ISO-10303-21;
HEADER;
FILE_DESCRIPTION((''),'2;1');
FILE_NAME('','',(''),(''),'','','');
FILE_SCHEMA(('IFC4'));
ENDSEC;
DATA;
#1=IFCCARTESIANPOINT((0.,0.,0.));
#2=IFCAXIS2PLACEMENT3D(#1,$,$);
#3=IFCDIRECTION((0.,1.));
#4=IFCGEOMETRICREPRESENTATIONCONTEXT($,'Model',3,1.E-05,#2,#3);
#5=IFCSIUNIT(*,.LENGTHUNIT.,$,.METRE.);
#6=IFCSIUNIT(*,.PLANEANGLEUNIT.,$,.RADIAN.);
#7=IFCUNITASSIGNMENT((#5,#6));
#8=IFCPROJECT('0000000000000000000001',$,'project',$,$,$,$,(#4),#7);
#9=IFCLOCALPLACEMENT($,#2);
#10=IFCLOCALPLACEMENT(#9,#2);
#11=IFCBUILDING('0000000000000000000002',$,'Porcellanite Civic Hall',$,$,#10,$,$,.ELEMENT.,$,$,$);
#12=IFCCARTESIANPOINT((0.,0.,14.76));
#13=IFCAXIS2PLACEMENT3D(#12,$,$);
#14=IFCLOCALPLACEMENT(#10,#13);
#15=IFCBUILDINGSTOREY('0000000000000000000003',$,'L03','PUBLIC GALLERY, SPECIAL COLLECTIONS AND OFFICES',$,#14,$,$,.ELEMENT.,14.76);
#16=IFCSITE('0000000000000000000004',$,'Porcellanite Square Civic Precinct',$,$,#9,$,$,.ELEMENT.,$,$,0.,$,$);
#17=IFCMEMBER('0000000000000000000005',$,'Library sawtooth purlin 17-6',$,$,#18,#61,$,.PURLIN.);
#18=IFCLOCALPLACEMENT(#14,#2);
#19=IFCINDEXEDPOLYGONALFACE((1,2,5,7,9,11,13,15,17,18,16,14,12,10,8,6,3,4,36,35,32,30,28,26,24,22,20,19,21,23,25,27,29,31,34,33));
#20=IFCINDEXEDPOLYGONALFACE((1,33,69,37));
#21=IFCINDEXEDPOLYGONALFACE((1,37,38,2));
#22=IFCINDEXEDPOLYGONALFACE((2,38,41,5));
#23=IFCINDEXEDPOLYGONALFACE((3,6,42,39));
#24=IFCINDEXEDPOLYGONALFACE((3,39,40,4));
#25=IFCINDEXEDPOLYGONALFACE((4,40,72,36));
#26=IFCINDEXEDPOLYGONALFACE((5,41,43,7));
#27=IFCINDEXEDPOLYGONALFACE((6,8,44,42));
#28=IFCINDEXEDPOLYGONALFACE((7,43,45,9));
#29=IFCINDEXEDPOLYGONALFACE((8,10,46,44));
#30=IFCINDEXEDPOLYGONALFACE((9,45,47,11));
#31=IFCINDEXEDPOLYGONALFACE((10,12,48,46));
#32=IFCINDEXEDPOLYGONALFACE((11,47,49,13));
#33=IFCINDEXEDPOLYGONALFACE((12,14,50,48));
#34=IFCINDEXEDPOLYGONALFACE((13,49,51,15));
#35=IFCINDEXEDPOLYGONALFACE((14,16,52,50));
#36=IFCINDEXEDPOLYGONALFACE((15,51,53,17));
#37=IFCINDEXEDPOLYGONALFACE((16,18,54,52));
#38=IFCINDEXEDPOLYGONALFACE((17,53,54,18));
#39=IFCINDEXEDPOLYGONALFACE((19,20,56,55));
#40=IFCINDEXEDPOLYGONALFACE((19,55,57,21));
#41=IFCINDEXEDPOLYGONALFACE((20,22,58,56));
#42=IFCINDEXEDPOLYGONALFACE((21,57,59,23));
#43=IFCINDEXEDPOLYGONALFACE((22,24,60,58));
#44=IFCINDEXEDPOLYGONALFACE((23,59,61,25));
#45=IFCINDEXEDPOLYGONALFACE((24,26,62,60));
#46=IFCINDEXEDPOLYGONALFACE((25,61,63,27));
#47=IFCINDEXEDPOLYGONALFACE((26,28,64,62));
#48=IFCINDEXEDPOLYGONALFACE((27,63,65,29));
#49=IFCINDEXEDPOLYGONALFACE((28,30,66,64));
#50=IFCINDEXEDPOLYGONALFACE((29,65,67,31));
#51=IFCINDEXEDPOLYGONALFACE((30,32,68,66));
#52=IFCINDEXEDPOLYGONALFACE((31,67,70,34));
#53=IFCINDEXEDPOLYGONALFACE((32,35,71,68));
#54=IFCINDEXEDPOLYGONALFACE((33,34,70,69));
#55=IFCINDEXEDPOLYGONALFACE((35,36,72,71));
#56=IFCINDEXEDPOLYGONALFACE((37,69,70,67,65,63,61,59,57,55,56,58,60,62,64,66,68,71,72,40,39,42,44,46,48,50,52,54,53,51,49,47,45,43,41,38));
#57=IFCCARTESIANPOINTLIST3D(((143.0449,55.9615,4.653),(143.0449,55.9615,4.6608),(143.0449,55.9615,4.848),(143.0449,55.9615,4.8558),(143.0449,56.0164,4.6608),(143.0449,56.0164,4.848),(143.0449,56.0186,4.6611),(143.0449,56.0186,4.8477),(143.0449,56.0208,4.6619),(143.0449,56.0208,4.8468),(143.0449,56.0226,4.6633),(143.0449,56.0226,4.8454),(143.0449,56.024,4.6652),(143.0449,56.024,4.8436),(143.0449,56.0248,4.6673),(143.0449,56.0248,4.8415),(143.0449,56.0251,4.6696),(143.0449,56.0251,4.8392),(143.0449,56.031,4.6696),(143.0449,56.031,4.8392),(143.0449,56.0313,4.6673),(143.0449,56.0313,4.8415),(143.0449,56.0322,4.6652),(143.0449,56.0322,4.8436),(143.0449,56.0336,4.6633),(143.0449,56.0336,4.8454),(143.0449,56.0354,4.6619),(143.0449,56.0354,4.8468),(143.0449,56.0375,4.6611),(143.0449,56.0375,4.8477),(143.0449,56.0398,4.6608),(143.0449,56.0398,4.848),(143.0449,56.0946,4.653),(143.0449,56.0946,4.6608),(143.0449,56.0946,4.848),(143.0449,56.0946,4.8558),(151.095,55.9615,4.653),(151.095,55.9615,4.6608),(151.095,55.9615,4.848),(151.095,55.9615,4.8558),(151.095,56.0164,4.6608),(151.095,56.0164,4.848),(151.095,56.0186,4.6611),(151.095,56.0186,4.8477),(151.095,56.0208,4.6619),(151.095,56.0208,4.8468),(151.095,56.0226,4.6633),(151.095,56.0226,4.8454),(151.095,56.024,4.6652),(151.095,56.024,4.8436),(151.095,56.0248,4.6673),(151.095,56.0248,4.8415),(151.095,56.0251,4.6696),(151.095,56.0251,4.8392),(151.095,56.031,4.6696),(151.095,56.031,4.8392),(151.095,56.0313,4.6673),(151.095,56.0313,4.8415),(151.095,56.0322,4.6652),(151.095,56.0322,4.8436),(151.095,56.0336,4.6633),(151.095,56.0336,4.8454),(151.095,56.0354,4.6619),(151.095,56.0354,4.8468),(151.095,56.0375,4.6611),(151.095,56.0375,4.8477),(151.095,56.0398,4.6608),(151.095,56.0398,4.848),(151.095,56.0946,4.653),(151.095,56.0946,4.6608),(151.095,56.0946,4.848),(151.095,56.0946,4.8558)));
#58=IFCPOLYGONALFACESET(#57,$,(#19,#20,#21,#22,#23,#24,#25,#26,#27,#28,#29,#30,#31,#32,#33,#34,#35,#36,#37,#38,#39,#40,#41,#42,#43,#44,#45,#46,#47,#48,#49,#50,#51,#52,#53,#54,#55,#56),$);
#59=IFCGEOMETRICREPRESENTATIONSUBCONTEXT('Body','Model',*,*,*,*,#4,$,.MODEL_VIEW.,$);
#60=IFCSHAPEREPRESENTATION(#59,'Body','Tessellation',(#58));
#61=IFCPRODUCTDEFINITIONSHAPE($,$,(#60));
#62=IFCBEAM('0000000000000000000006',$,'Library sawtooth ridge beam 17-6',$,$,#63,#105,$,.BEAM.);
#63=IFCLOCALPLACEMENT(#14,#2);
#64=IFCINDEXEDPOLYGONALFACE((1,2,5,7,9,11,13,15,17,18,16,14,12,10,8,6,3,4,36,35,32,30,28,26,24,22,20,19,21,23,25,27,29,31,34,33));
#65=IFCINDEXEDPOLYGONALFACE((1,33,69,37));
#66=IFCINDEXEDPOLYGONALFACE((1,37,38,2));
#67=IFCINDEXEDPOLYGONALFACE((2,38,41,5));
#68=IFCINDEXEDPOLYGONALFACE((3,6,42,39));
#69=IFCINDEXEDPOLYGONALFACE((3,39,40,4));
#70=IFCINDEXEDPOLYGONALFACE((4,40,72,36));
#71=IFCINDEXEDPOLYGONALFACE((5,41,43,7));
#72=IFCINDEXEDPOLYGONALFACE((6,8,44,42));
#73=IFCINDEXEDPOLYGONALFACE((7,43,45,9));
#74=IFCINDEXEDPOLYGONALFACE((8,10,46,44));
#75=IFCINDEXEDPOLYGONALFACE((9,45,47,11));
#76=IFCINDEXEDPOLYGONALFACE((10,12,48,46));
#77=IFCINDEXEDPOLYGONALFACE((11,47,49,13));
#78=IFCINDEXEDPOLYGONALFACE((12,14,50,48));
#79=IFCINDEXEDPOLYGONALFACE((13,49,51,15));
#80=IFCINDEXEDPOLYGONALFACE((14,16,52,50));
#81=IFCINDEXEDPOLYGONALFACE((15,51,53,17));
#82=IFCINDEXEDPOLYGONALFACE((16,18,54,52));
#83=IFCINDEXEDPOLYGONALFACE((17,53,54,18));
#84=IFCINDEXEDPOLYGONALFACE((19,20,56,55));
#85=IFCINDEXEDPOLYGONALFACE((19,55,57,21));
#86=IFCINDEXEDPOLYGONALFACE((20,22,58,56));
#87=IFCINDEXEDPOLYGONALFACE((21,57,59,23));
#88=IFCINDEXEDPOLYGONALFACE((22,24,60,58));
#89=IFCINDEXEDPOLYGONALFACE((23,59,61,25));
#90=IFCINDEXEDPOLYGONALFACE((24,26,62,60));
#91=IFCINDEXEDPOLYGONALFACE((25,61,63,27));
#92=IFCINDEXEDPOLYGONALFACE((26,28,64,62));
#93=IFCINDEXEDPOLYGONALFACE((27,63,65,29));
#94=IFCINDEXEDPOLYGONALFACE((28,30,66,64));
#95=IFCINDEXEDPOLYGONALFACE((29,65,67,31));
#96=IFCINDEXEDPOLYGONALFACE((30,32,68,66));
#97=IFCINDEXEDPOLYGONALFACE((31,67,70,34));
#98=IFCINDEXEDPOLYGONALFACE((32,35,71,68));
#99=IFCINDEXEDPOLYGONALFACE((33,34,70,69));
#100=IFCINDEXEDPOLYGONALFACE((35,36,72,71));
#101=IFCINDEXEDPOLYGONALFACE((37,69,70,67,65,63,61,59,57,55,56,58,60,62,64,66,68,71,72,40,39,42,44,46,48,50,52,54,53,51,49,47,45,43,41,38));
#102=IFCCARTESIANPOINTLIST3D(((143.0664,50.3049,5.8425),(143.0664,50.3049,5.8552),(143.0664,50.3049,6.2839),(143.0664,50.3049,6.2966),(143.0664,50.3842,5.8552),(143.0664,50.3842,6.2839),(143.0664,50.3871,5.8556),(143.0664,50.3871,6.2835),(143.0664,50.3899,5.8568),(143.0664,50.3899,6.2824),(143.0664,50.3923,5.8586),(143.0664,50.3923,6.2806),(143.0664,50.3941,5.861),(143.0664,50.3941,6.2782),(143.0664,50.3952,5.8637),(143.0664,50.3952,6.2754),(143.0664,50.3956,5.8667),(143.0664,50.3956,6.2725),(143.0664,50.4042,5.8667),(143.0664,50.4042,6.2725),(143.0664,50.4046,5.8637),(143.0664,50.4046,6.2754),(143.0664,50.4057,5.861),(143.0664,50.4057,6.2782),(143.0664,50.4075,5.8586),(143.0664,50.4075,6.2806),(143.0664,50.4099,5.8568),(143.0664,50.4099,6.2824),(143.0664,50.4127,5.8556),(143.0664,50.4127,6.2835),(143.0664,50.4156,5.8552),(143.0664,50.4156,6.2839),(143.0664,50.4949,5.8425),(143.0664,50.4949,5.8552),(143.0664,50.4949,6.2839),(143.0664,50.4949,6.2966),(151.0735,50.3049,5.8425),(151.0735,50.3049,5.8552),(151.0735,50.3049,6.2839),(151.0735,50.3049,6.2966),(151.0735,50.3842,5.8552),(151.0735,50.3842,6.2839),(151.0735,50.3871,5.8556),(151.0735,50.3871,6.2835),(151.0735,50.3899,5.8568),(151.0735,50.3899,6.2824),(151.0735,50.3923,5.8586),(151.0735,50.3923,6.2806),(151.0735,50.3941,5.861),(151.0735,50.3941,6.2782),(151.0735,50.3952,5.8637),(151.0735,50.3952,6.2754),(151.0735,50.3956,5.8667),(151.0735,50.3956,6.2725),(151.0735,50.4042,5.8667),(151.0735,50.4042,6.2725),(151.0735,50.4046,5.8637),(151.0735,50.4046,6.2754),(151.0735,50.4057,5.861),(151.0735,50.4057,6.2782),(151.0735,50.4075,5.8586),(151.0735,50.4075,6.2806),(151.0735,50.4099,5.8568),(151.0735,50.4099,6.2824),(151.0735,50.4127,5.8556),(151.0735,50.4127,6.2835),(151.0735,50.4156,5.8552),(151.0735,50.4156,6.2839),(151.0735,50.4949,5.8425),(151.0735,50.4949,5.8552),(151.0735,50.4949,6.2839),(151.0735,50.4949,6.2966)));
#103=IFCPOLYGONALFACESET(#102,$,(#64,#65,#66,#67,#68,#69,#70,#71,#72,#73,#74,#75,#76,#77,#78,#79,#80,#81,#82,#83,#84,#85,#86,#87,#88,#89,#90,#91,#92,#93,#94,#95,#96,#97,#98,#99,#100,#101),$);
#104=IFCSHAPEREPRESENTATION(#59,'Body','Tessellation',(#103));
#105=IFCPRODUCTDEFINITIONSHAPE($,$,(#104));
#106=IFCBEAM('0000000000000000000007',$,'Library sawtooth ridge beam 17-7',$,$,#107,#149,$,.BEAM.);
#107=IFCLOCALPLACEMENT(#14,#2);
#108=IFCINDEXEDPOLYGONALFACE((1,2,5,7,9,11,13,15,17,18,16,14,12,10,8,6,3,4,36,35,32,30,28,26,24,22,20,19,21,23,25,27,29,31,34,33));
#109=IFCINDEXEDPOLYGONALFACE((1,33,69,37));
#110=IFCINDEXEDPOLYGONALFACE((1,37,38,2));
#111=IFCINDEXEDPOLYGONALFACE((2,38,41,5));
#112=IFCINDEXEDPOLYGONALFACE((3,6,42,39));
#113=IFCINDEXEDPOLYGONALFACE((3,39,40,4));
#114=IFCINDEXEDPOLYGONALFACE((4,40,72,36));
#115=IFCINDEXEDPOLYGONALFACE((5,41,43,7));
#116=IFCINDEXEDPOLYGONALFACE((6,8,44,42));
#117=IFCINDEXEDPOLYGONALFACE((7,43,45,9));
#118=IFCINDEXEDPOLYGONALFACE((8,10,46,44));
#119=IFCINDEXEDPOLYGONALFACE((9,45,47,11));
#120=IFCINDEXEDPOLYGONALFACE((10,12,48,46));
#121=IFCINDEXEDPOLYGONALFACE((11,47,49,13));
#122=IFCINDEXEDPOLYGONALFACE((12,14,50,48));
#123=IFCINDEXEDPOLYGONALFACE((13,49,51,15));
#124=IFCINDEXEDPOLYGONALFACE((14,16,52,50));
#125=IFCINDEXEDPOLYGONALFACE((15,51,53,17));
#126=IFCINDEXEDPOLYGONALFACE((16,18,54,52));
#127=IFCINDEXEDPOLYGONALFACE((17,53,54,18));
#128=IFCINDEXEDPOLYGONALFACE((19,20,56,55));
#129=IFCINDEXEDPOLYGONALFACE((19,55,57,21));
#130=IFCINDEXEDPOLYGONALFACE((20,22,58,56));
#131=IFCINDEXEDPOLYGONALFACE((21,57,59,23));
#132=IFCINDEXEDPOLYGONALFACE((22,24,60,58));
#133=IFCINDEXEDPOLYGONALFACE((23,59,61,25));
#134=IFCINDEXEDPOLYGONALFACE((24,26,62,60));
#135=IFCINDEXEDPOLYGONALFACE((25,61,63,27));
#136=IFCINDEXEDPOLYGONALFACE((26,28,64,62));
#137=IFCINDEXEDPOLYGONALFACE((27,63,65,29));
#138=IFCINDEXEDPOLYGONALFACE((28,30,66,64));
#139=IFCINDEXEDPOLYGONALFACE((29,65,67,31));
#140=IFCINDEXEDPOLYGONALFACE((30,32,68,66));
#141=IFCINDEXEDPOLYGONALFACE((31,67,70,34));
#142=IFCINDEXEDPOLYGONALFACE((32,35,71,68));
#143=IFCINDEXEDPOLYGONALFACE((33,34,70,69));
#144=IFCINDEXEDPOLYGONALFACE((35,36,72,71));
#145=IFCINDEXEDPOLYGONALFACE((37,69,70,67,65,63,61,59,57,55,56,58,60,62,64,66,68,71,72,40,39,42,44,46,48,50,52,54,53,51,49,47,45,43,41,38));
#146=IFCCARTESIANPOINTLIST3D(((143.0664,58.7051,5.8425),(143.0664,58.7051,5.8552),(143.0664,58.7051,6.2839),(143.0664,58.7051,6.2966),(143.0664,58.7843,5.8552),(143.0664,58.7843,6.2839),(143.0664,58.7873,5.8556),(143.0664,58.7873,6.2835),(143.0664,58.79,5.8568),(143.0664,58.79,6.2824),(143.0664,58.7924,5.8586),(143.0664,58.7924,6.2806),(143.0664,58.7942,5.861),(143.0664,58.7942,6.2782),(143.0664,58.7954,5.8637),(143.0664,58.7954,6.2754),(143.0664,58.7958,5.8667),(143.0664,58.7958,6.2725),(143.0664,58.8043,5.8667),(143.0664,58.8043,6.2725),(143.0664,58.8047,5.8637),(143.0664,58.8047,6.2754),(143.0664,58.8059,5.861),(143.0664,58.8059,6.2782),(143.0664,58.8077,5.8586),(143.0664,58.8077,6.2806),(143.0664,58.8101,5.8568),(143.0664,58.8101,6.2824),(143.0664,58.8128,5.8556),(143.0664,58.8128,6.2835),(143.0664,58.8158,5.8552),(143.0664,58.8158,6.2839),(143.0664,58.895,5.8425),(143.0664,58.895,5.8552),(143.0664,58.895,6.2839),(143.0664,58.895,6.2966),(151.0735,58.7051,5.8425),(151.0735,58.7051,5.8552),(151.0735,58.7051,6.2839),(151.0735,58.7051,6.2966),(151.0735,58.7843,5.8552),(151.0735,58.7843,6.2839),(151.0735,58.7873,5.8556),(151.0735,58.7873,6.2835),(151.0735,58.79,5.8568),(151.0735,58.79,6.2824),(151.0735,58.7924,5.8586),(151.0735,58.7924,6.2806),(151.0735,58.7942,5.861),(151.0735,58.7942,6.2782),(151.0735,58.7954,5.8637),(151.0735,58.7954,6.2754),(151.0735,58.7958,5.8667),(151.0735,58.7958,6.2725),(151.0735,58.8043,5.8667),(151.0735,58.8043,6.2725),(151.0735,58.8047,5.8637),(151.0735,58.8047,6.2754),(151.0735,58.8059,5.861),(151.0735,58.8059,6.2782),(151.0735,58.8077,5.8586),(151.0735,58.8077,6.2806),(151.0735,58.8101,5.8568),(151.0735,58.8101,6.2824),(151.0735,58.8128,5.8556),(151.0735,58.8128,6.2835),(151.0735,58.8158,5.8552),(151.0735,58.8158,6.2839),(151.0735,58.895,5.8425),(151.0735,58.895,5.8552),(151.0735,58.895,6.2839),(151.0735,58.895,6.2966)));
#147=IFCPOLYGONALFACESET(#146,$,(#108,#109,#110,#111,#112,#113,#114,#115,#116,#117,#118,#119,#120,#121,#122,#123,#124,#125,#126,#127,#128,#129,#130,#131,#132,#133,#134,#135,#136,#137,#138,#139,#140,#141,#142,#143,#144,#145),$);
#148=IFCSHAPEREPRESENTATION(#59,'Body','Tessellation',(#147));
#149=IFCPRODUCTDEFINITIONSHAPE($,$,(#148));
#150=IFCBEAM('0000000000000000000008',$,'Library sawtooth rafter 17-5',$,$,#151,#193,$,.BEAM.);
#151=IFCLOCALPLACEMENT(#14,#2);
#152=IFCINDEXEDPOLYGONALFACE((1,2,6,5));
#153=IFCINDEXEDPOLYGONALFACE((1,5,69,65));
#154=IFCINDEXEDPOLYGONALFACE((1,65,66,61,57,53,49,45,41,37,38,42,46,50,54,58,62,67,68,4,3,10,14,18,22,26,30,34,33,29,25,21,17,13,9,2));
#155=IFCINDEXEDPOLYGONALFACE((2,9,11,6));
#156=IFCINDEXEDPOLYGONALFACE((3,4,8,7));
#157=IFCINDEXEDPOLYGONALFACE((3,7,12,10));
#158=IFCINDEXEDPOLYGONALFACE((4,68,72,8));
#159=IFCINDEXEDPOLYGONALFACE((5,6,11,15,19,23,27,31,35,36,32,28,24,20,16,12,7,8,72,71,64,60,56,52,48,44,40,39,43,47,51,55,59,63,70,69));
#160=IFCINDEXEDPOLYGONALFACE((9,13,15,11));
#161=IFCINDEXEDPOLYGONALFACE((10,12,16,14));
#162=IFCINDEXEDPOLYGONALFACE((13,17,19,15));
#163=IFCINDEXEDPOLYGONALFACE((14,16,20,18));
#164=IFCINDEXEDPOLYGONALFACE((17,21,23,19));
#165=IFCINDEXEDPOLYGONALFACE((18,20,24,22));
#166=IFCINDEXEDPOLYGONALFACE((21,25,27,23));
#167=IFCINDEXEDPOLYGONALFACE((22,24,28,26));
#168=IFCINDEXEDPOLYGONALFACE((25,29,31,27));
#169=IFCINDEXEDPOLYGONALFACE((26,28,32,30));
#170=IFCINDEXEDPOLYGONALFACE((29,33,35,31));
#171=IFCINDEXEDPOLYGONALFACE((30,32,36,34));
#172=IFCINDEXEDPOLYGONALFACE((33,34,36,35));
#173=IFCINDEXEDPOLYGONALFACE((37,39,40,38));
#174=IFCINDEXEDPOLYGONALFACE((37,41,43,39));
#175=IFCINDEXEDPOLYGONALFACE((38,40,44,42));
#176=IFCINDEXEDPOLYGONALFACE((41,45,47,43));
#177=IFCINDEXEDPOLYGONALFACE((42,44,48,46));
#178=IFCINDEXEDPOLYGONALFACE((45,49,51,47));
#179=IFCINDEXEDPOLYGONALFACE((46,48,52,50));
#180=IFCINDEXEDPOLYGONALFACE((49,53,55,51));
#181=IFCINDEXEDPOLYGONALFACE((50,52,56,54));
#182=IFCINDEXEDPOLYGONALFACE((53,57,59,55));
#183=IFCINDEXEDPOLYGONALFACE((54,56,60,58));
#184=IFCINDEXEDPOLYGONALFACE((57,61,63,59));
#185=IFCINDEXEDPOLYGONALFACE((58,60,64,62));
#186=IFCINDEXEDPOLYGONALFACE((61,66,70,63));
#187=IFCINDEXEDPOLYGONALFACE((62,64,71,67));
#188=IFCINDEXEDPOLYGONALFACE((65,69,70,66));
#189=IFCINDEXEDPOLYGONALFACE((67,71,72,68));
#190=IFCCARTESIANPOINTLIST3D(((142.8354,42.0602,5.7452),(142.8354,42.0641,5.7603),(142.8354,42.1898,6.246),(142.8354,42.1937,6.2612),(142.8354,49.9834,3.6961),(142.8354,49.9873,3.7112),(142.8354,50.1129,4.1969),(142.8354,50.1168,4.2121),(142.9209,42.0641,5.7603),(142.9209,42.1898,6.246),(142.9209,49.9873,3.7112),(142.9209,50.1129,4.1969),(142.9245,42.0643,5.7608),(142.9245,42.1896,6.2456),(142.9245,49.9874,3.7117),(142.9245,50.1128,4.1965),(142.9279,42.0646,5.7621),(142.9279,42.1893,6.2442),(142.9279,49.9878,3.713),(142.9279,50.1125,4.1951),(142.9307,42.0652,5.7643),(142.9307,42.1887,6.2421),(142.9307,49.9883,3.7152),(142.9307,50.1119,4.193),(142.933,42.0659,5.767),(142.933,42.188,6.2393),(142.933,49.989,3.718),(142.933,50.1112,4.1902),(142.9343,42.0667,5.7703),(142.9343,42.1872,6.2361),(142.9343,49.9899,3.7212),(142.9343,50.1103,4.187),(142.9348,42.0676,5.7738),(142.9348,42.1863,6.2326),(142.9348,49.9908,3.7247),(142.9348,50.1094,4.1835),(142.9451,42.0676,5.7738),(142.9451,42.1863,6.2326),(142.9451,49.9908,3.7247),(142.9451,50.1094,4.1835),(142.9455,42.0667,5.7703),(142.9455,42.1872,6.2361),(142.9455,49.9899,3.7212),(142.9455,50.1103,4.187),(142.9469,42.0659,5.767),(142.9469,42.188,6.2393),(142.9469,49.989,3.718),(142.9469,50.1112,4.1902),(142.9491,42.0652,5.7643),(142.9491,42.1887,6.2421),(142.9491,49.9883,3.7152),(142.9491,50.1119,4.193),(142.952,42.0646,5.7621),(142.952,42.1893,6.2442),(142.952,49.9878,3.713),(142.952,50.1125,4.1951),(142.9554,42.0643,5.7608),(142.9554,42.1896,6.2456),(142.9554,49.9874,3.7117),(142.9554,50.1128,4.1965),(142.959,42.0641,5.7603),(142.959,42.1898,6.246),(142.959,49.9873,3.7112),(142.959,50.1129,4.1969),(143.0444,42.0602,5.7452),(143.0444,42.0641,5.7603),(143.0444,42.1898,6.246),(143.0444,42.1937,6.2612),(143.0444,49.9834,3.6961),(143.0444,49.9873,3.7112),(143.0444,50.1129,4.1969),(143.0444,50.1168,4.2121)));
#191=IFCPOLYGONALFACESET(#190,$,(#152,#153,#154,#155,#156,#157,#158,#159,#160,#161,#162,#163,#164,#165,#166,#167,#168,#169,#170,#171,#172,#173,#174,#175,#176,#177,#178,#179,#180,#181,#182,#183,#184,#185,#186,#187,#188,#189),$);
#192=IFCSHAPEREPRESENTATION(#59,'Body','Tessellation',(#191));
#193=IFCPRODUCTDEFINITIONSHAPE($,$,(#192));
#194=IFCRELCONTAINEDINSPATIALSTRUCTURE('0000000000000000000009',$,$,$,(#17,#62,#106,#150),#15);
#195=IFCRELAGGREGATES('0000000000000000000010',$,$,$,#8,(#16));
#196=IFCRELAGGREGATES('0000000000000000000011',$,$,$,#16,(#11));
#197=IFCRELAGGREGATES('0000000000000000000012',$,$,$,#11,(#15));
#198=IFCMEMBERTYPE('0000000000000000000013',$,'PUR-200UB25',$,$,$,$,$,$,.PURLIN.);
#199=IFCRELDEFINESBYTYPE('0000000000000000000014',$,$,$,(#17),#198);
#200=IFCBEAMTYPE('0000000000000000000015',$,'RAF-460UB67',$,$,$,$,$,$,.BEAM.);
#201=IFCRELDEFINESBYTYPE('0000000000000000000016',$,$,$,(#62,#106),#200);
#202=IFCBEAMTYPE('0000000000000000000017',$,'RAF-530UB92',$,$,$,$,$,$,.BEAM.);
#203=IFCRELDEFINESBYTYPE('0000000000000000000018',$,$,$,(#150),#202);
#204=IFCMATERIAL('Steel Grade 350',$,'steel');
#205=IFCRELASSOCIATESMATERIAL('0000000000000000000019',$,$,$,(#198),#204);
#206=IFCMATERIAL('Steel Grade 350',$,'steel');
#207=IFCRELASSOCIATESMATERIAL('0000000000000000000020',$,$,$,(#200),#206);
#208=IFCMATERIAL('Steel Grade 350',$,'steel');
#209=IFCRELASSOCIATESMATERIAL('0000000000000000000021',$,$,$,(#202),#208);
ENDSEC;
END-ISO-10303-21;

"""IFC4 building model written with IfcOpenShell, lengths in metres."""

from ifc_helpers import new_model, si_unit, direction, frame, origin, origin_2d, place, context, subcontext, project, spatial, i_section, extrude, material, material_profile, profile_set, type_object, element, save


model = new_model("IFC4")

# Units and contexts
model_context = context("Model", 3, precision=1e-05, world=origin(), true_north=direction((0.0, 1.0)))
body_context = subcontext(model_context, "Body", "Model", "MODEL_VIEW")
ifc_project = project(units=[si_unit("LENGTHUNIT", "METRE"), si_unit("PLANEANGLEUNIT", "RADIAN")], contexts=[model_context])

# Site, building, storey
site_placement = place(None, origin())
site = spatial("IfcSite", under=ifc_project, at=site_placement, Name="Porcellanite Square Civic Precinct", CompositionType="ELEMENT", RefElevation=0.0)
building_placement = place(site_placement, origin())
building = spatial("IfcBuilding", under=site, at=building_placement, Name="Porcellanite Civic Hall", CompositionType="ELEMENT")
storey_placement = place(building_placement, frame((0.0, 0.0, 14.76)))
storey = spatial("IfcBuildingStorey", under=building, at=storey_placement, Name="L03", Description="PUBLIC GALLERY, SPECIAL COLLECTIONS AND OFFICES", CompositionType="ELEMENT", Elevation=14.76)

# Member
ifc_material_1 = material(Name="Steel Grade 350", Category="steel")
ifc_material_profile_1 = material_profile(ifc_material_1, i_section(OverallWidth=0.1331, OverallDepth=0.2029, WebThickness=0.0059, FlangeThickness=0.0078, FilletRadius=0.0088, at=origin_2d()), Name="200UB25.4")
ifc_profile_set_1 = profile_set([ifc_material_profile_1], Name="Steel Grade 350")
member_type = type_object("IfcMemberType", Name="PUR-200UB25", PredefinedType="PURLIN", material=ifc_profile_set_1)
for number, where, z_axis, x_axis, name in (
    (1, (143.0449, 56.0281, 4.7544), (1.0, 0.0, 0.0), (0.0, 1.0, 0.0), "Library sawtooth purlin 17-6"),
):
    element("IfcMember", number, at=place(storey_placement, frame(where, z_axis=z_axis, x_axis=x_axis)), inside=storey, type_object=member_type, Name=name, PredefinedType="PURLIN", context=body_context, shape_type="SweptSolid", body=[
        extrude(i_section(OverallWidth=0.1331, OverallDepth=0.2029, WebThickness=0.0059, FlangeThickness=0.0078, FilletRadius=0.0088, at=origin_2d()), origin(), (0.0, 0.0, 1.0), 8.05),
    ])

# Beams
ifc_material_2 = material(Name="Steel Grade 350", Category="steel")
ifc_material_profile_2 = material_profile(ifc_material_2, i_section(OverallWidth=0.1899, OverallDepth=0.4541, WebThickness=0.0085, FlangeThickness=0.0127, FilletRadius=0.0115, at=origin_2d()), Name="460UB67.1")
ifc_profile_set_2 = profile_set([ifc_material_profile_2], Name="Steel Grade 350")
beam_type_1 = type_object("IfcBeamType", Name="RAF-460UB67", PredefinedType="BEAM", material=ifc_profile_set_2)
for number, where, z_axis, x_axis, name in (
    (2, (143.0664, 50.3999, 6.0696), (1.0, 0.0, 0.0), (0.0, 1.0, 0.0), "Library sawtooth ridge beam 17-6"),
    (3, (143.0664, 58.8, 6.0696), (1.0, 0.0, 0.0), (0.0, 1.0, 0.0), "Library sawtooth ridge beam 17-7"),
):
    element("IfcBeam", number, at=place(storey_placement, frame(where, z_axis=z_axis, x_axis=x_axis)), inside=storey, type_object=beam_type_1, Name=name, PredefinedType="BEAM", context=body_context, shape_type="SweptSolid", body=[
        extrude(i_section(OverallWidth=0.1899, OverallDepth=0.4541, WebThickness=0.0085, FlangeThickness=0.0127, FilletRadius=0.0115, at=origin_2d()), origin(), (0.0, 0.0, 1.0), 8.0071),
    ])
ifc_material_3 = material(Name="Steel Grade 350", Category="steel")
ifc_material_profile_3 = material_profile(ifc_material_3, i_section(OverallWidth=0.209, OverallDepth=0.533, WebThickness=0.0103, FlangeThickness=0.0156, FilletRadius=0.0139, at=origin_2d()), Name="530UB92.4")
ifc_profile_set_3 = profile_set([ifc_material_profile_3], Name="Steel Grade 350")
beam_type_2 = type_object("IfcBeamType", Name="RAF-530UB92", PredefinedType="BEAM", material=ifc_profile_set_3)
for number, where, z_axis, x_axis, name in (
    (4, (142.9399, 42.127, 6.0032), (0.0, 0.968147, -0.250382), (-1.0, 0.0, 0.0), "Library sawtooth rafter 17-5"),
):
    element("IfcBeam", number, at=place(storey_placement, frame(where, z_axis=z_axis, x_axis=x_axis)), inside=storey, type_object=beam_type_2, Name=name, PredefinedType="BEAM", context=body_context, shape_type="SweptSolid", body=[
        extrude(i_section(OverallWidth=0.209, OverallDepth=0.533, WebThickness=0.0103, FlangeThickness=0.0156, FilletRadius=0.0139, at=origin_2d()), origin(), (0.0, 0.0, 1.0), 8.1838),
    ])

save(model, "model.ifc")
